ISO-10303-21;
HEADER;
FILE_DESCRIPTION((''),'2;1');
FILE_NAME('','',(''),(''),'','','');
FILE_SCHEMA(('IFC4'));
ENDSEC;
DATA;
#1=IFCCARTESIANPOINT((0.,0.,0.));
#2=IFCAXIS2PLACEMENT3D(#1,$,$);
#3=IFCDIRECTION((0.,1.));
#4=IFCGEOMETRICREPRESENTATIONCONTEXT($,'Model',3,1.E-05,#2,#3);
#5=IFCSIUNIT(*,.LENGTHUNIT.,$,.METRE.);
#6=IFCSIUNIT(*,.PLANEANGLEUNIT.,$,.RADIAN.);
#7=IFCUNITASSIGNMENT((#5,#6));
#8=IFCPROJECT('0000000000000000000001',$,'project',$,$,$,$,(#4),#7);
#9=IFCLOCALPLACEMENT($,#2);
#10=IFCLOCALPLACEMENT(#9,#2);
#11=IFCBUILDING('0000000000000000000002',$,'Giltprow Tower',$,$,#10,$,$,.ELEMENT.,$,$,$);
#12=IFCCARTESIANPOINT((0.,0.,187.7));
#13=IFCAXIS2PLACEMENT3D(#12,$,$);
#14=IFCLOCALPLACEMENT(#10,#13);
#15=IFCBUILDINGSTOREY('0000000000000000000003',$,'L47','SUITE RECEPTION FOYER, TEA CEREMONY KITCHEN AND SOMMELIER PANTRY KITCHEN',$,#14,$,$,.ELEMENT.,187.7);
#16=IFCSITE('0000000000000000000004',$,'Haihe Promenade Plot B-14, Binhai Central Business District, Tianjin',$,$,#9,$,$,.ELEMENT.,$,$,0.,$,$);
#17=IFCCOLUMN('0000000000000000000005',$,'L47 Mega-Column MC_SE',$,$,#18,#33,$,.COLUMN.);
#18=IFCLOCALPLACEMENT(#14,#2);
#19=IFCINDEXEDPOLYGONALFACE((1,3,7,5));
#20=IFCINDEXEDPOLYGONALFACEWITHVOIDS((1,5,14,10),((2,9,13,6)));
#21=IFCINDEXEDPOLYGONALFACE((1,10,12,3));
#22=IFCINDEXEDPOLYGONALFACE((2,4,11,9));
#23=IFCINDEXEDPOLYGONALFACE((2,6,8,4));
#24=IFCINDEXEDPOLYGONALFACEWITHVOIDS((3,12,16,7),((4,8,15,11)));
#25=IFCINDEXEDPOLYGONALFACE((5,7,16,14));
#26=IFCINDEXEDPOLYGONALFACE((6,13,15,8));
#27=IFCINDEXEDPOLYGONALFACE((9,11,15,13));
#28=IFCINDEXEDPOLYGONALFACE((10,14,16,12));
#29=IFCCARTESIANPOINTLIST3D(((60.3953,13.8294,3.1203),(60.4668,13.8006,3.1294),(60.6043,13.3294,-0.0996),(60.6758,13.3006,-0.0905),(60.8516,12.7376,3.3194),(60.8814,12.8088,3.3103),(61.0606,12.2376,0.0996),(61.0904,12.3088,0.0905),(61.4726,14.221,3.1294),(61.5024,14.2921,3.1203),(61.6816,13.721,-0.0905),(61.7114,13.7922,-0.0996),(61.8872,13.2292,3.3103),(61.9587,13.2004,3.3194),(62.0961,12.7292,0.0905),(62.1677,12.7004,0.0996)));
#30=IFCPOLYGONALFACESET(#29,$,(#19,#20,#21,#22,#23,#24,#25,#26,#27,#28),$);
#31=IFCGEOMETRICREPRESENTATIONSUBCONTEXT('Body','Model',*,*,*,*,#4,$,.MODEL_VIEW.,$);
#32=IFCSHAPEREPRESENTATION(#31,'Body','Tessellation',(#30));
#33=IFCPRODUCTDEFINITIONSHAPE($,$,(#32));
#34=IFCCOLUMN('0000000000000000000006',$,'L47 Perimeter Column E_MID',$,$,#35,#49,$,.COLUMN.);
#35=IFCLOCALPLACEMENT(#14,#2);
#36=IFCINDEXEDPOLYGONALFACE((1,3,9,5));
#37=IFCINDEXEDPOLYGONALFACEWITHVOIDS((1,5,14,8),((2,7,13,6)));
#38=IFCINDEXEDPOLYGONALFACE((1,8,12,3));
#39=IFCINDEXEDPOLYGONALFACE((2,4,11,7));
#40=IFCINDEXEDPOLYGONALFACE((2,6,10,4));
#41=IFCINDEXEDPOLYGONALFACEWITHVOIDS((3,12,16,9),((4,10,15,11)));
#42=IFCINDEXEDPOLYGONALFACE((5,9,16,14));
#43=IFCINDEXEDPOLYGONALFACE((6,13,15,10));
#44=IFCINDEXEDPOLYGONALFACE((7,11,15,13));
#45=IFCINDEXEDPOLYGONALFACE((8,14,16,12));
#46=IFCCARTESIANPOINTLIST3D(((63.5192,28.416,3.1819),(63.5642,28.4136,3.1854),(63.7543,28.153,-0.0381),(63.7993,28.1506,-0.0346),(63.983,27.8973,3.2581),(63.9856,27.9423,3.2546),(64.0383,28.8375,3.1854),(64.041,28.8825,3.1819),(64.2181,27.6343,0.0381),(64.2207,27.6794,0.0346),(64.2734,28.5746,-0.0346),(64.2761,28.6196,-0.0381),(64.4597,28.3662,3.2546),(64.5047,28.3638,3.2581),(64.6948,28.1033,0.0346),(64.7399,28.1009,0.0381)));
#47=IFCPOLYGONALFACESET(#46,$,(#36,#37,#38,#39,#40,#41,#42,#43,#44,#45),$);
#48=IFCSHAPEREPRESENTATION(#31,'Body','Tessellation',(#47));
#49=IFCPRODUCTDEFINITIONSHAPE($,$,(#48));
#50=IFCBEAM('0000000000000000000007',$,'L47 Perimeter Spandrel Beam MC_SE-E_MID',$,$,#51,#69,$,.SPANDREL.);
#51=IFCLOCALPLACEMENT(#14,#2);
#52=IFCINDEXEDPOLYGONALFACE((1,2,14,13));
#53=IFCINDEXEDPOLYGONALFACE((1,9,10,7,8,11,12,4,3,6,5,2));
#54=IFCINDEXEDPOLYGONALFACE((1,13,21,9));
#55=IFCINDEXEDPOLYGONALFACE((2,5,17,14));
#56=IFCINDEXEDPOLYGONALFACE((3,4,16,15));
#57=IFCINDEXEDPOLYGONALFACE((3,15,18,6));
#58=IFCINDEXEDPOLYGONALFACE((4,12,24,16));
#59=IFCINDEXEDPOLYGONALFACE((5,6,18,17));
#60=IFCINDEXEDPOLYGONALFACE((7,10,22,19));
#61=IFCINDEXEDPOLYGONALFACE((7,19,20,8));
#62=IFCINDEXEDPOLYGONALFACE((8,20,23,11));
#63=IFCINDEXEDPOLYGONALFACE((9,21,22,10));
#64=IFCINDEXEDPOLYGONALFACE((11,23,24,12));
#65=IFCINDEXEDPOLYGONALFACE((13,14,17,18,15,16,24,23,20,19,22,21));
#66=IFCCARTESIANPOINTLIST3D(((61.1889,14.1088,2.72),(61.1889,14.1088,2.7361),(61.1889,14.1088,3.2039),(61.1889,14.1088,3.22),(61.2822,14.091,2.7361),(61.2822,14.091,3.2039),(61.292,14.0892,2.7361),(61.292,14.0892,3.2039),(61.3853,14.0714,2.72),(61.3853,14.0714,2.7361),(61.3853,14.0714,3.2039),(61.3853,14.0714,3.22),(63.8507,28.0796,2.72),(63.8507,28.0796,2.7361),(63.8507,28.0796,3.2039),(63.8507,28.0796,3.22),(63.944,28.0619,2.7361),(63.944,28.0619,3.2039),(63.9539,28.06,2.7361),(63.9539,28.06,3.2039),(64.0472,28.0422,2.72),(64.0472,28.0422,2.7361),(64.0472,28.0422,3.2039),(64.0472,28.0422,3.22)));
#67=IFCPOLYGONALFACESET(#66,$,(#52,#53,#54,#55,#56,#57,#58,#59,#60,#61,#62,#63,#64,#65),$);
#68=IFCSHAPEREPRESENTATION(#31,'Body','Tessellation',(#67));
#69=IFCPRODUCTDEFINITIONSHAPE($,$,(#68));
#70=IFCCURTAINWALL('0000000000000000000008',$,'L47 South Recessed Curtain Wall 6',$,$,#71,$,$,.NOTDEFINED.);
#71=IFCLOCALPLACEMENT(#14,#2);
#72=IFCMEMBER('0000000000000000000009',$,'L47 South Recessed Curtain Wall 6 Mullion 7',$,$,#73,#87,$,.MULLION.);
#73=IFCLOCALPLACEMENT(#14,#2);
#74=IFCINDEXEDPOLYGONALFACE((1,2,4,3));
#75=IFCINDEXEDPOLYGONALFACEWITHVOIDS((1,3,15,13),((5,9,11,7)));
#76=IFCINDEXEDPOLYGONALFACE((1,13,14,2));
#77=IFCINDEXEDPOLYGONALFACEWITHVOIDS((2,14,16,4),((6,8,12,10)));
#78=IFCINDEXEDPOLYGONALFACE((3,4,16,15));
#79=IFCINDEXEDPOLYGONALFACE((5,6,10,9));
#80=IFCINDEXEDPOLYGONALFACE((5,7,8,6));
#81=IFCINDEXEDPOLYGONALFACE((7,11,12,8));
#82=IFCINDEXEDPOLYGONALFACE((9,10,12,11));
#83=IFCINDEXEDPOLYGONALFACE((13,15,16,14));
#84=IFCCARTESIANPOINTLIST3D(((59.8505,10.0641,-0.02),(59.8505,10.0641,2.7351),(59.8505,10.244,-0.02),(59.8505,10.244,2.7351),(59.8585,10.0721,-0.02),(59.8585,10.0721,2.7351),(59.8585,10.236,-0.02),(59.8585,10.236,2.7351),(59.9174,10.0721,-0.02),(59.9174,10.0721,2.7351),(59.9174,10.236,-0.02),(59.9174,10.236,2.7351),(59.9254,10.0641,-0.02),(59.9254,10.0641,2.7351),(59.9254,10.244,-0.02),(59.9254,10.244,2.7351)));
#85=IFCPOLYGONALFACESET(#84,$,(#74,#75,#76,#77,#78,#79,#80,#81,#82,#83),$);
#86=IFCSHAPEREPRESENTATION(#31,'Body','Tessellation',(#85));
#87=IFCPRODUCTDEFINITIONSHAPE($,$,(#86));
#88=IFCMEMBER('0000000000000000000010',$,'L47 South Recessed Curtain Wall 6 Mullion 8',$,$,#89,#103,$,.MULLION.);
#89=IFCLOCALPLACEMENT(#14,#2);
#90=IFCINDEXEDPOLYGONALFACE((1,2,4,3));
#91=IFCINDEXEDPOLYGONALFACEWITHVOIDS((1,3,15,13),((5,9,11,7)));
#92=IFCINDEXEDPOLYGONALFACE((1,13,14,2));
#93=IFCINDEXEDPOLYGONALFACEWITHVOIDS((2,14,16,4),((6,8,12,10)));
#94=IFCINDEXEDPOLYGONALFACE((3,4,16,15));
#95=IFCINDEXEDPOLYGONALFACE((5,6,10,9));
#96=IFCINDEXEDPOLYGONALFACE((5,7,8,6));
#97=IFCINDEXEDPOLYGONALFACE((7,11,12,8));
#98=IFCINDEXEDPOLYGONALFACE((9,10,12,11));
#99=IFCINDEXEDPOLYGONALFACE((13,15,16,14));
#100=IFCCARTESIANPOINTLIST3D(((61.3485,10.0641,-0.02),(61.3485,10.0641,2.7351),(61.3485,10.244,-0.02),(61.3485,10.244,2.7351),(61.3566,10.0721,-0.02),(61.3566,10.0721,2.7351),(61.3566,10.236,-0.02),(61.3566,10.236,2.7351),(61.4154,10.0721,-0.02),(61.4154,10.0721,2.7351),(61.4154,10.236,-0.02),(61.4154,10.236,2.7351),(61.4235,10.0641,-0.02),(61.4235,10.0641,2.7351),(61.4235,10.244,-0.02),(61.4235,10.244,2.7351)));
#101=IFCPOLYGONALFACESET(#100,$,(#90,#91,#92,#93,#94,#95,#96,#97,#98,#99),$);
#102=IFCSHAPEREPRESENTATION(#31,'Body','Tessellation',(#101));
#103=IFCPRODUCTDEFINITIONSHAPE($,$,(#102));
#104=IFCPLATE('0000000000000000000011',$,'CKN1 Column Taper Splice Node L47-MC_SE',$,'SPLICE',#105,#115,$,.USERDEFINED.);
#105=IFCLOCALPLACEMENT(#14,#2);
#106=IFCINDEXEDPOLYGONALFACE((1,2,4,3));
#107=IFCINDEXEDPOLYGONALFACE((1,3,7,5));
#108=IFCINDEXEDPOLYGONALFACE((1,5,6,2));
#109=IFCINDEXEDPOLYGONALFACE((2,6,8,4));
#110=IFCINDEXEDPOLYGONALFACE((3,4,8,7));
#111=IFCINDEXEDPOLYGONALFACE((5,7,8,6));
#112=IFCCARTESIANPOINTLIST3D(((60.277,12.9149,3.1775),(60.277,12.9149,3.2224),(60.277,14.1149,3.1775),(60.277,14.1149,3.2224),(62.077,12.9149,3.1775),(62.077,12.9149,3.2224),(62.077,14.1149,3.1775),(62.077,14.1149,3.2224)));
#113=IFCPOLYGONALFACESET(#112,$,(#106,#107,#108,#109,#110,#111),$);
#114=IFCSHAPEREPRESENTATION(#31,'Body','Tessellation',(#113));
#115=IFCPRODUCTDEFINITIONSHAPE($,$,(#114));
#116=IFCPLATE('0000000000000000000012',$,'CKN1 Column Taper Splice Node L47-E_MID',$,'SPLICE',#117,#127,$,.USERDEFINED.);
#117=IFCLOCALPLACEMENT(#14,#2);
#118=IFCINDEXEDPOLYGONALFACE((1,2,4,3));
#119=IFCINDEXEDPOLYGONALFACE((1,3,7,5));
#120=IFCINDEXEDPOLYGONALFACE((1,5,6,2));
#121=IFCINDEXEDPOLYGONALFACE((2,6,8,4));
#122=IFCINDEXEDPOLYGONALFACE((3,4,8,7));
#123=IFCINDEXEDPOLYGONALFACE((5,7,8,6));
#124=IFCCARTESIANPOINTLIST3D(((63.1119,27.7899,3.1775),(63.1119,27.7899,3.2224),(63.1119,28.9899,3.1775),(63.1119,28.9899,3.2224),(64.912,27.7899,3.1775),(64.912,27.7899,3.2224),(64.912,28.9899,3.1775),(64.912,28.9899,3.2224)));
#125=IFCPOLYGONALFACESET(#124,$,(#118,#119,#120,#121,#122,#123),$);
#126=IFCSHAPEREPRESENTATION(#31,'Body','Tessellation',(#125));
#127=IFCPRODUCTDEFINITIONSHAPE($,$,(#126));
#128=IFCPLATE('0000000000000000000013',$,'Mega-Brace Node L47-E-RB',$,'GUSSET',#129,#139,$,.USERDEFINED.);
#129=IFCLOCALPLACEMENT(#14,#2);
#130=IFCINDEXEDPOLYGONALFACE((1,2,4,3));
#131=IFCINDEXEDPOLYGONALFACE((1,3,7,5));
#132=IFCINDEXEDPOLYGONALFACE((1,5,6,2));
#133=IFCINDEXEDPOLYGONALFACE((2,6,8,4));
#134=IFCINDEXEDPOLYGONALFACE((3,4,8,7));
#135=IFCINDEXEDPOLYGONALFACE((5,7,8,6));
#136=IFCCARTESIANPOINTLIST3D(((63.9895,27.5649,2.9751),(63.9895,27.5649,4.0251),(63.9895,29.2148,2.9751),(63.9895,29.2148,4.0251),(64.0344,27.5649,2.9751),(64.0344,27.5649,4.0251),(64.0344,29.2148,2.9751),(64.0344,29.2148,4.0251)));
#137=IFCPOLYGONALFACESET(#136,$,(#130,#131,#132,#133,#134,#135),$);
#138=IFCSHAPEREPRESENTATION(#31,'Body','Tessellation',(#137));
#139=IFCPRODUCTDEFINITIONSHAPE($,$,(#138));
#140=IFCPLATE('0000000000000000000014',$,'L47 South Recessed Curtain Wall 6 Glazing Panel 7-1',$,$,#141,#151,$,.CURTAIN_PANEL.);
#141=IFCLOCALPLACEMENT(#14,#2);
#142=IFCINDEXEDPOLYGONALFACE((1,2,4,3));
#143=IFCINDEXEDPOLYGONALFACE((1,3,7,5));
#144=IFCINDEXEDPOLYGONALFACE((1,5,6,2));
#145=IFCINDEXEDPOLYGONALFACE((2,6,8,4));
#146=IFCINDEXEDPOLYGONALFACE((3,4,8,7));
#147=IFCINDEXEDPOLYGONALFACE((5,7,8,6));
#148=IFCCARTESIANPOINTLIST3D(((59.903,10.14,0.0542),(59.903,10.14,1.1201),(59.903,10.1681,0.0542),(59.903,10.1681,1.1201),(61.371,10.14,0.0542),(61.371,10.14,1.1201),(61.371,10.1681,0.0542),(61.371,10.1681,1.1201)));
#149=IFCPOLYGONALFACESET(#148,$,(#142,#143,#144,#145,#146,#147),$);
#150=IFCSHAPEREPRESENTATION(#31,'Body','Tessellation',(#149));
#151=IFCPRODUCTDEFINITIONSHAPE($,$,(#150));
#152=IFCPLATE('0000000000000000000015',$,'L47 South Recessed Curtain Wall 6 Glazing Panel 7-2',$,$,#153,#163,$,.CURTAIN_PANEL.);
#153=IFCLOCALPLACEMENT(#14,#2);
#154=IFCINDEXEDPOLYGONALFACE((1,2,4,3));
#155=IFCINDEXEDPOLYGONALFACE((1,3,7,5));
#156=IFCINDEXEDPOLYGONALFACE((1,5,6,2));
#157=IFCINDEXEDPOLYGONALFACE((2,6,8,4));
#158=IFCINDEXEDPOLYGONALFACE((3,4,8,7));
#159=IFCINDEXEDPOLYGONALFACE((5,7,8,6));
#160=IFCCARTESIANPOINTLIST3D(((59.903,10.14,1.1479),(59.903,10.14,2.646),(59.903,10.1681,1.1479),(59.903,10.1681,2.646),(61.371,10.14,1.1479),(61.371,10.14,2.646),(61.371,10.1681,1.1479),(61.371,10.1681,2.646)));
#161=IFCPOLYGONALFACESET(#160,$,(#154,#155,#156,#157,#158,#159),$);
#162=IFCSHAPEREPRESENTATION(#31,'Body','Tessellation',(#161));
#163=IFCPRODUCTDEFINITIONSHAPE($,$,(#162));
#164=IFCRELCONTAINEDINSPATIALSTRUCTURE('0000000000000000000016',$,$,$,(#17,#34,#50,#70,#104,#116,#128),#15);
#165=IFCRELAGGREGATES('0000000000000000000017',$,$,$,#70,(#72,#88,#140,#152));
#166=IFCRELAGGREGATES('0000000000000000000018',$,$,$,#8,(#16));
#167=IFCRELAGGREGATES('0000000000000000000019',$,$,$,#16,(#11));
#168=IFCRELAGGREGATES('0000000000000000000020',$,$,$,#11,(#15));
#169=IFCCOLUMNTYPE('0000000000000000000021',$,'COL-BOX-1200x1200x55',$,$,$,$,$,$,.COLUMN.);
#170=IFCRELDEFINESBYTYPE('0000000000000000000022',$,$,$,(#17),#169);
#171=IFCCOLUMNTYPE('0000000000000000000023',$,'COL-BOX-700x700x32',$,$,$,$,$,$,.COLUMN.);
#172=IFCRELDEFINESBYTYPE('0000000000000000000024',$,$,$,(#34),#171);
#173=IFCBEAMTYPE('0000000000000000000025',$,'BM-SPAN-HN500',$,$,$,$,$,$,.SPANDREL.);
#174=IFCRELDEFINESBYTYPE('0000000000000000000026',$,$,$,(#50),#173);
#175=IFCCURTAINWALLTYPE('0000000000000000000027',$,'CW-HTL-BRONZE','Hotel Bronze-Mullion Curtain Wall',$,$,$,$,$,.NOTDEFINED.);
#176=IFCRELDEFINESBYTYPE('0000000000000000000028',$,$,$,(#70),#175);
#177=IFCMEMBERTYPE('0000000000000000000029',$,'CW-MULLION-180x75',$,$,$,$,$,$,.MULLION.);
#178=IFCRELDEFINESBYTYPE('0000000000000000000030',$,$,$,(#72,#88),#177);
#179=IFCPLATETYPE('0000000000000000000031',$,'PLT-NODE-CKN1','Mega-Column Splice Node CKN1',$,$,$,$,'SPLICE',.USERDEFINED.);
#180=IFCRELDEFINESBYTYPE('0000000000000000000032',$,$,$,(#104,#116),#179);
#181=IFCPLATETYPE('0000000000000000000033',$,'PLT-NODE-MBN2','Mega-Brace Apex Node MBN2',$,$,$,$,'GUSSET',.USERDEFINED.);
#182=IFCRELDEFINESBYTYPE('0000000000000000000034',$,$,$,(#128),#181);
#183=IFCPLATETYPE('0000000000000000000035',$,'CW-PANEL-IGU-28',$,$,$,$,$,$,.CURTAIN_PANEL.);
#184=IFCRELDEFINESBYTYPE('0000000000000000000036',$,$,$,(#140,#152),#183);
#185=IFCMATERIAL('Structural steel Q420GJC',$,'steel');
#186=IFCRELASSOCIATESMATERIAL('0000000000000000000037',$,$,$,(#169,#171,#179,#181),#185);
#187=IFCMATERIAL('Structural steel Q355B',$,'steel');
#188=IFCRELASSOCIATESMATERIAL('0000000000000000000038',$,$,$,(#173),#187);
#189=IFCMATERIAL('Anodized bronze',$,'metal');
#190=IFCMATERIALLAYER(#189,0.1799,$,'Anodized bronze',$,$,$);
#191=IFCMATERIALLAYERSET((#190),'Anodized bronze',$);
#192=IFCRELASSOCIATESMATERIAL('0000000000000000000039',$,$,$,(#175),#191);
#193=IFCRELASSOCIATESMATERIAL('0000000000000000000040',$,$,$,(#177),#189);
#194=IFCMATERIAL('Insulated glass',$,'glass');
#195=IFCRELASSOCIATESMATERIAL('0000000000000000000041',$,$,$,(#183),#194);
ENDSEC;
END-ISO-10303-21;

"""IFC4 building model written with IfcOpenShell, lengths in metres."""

from ifc_helpers import new_model, si_unit, direction, frame, origin, origin_2d, place, context, subcontext, project, spatial, rectangle, hollow_rectangle, i_section, extrude, source, transform, mapped, material, layer, layer_set, material_profile, profile_set, type_object, element, aggregate, save


model = new_model("IFC4")

# Units and contexts
model_context = context("Model", 3, precision=1e-05, world=origin(), true_north=direction((0.0, 1.0)))
body_context = subcontext(model_context, "Body", "Model", "MODEL_VIEW")
ifc_project = project(units=[si_unit("LENGTHUNIT", "METRE"), si_unit("PLANEANGLEUNIT", "RADIAN")], contexts=[model_context])

# Site, building, storey
site_placement = place(None, origin())
site = spatial("IfcSite", under=ifc_project, at=site_placement, Name="Haihe Promenade Plot B-14, Binhai Central Business District, Tianjin", CompositionType="ELEMENT", RefElevation=0.0)
building_placement = place(site_placement, origin())
building = spatial("IfcBuilding", under=site, at=building_placement, Name="Giltprow Tower", CompositionType="ELEMENT")
storey_placement = place(building_placement, frame((0.0, 0.0, 187.7)))
storey = spatial("IfcBuildingStorey", under=building, at=storey_placement, Name="L47", Description="SUITE RECEPTION FOYER, TEA CEREMONY KITCHEN AND SOMMELIER PANTRY KITCHEN", CompositionType="ELEMENT", Elevation=187.7)

# Columns
ifc_material_1 = material(Name="Structural steel Q420GJC", Category="steel")
ifc_material_profile_1 = material_profile(ifc_material_1, hollow_rectangle(XDim=1.2, YDim=1.2, WallThickness=0.0549, at=origin_2d()), Name="BOX 1200x1200x55")
ifc_profile_set_1 = profile_set([ifc_material_profile_1], Name="Structural steel Q420GJC")
column_type_1 = type_object("IfcColumnType", Name="COL-BOX-1200x1200x55", PredefinedType="COLUMN", material=ifc_profile_set_1)
shared_shape_1 = source(origin(), body_context, "Body", "SweptSolid", [
    extrude(hollow_rectangle(XDim=1.2, YDim=1.2, WallThickness=0.0549, at=origin_2d()), origin(), (0.0, 0.0, 1.0), 3.2651),
])
column_1_placement = place(storey_placement, frame((61.386, 13.0149, 0.0), z_axis=(-0.064002, 0.153127, 0.986132), x_axis=(-0.92265, -0.385639, 0.0)))
element("IfcColumn", 1, at=column_1_placement, inside=storey, type_object=column_type_1, Name="L47 Mega-Column MC_SE", PredefinedType="COLUMN", context=body_context, shape_type="MappedRepresentation", body=[
    mapped(shared_shape_1, transform((0.0, 0.0, 0.0), x_axis=(1.0, 0.0, 0.0), y_axis=(0.0, 1.0, 0.0), z_axis=(0.0, 0.0, 1.0), scale=1.0)),
])
ifc_material_profile_2 = material_profile(ifc_material_1, hollow_rectangle(XDim=0.7, YDim=0.7, WallThickness=0.032, at=origin_2d()), Name="BOX 700x700x32")
ifc_profile_set_2 = profile_set([ifc_material_profile_2], Name="Structural steel Q420GJC")
column_type_2 = type_object("IfcColumnType", Name="COL-BOX-700x700x32", PredefinedType="COLUMN", material=ifc_profile_set_2)
shared_shape_2 = source(origin(), body_context, "Body", "SweptSolid", [
    extrude(hollow_rectangle(XDim=0.7, YDim=0.7, WallThickness=0.032, at=origin_2d()), origin(), (0.0, 0.0, 1.0), 3.2393),
])
column_2_placement = place(storey_placement, frame((64.2471, 28.127, 0.0), z_axis=(-0.072581, 0.081173, 0.994054), x_axis=(-0.745459, -0.666552, 0.0)))
element("IfcColumn", 2, at=column_2_placement, inside=storey, type_object=column_type_2, Name="L47 Perimeter Column E_MID", PredefinedType="COLUMN", context=body_context, shape_type="MappedRepresentation", body=[
    mapped(shared_shape_2, transform((0.0, 0.0, 0.0), x_axis=(1.0, 0.0, 0.0), y_axis=(0.0, 1.0, 0.0), z_axis=(0.0, 0.0, 1.0), scale=1.0)),
])

# Beam
ifc_material_2 = material(Name="Structural steel Q355B", Category="steel")
ifc_material_profile_3 = material_profile(ifc_material_2, i_section(OverallWidth=0.2, OverallDepth=0.5, WebThickness=0.01, FlangeThickness=0.0161, at=origin_2d()), Name="HN 500x200x10x16")
ifc_profile_set_3 = profile_set([ifc_material_profile_3], Name="Structural steel Q355B")
beam_type = type_object("IfcBeamType", Name="BM-SPAN-HN500", PredefinedType="SPANDREL", material=ifc_profile_set_3)
shared_shape_3 = source(origin(), body_context, "Body", "SweptSolid", [
    extrude(i_section(OverallWidth=0.2, OverallDepth=0.5, WebThickness=0.01, FlangeThickness=0.0161, at=origin_2d()), origin(), (0.0, 0.0, 1.0), 14.2222),
])
beam_placement = place(storey_placement, frame((61.2871, 14.0901, 2.97), z_axis=(0.187162, 0.982329, 0.0), x_axis=(-0.982329, 0.187162, 0.0)))
element("IfcBeam", 3, at=beam_placement, inside=storey, type_object=beam_type, Name="L47 Perimeter Spandrel Beam MC_SE-E_MID", PredefinedType="SPANDREL", context=body_context, shape_type="MappedRepresentation", body=[
    mapped(shared_shape_3, transform((0.0, 0.0, 0.0), x_axis=(1.0, 0.0, 0.0), y_axis=(0.0, 1.0, 0.0), z_axis=(0.0, 0.0, 1.0), scale=1.0)),
])

# Curtain wall, members
ifc_material_3 = material(Name="Anodized bronze", Category="metal")
ifc_layer_1 = layer(ifc_material_3, 0.1799, Name="Anodized bronze")
ifc_layer_set_1 = layer_set([ifc_layer_1], Name="Anodized bronze")
curtain_wall_type = type_object("IfcCurtainWallType", Name="CW-HTL-BRONZE", Description="Hotel Bronze-Mullion Curtain Wall", PredefinedType="NOTDEFINED", material=ifc_layer_set_1)
curtain_wall_placement = place(storey_placement, origin())
curtain_wall = element("IfcCurtainWall", 4, at=curtain_wall_placement, inside=storey, type_object=curtain_wall_type, Name="L47 South Recessed Curtain Wall 6", PredefinedType="NOTDEFINED")
ifc_material_profile_4 = material_profile(ifc_material_3, hollow_rectangle(XDim=0.075, YDim=0.1799, WallThickness=0.0081, at=origin_2d()), Name="RHS 180x75x8")
ifc_profile_set_4 = profile_set([ifc_material_profile_4], Name="Anodized bronze")
member_type = type_object("IfcMemberType", Name="CW-MULLION-180x75", PredefinedType="MULLION", material=ifc_profile_set_4)
shared_shape_4 = source(origin(), body_context, "Body", "SweptSolid", [
    extrude(hollow_rectangle(XDim=0.075, YDim=0.1799, WallThickness=0.0081, at=origin_2d()), origin(), (0.0, 0.0, 1.0), 2.7551),
])
member_1_placement = place(storey_placement, frame((59.8879, 10.1541, -0.02), z_axis=(0.0, 0.0, 1.0), x_axis=(1.0, 0.0, 0.0)))
member_1 = element("IfcMember", 5, at=member_1_placement, type_object=member_type, Name="L47 South Recessed Curtain Wall 6 Mullion 7", PredefinedType="MULLION", context=body_context, shape_type="MappedRepresentation", body=[
    mapped(shared_shape_4, transform((0.0, 0.0, 0.0), x_axis=(1.0, 0.0, 0.0), y_axis=(0.0, 1.0, 0.0), z_axis=(0.0, 0.0, 1.0), scale=1.0)),
])
member_2_placement = place(storey_placement, frame((61.386, 10.1541, -0.02), z_axis=(0.0, 0.0, 1.0), x_axis=(1.0, 0.0, 0.0)))
member_2 = element("IfcMember", 6, at=member_2_placement, type_object=member_type, Name="L47 South Recessed Curtain Wall 6 Mullion 8", PredefinedType="MULLION", context=body_context, shape_type="MappedRepresentation", body=[
    mapped(shared_shape_4, transform((0.0, 0.0, 0.0), x_axis=(1.0, 0.0, 0.0), y_axis=(0.0, 1.0, 0.0), z_axis=(0.0, 0.0, 1.0), scale=1.0)),
])

# Plates
plate_type_1 = type_object("IfcPlateType", Name="PLT-NODE-CKN1", Description="Mega-Column Splice Node CKN1", ElementType="SPLICE", PredefinedType="USERDEFINED", material=ifc_material_1)
shared_shape_5 = source(origin(), body_context, "Body", "SweptSolid", [
    extrude(rectangle(XDim=1.8, YDim=1.2, at=origin_2d()), origin(), (0.0, 0.0, 1.0), 0.0449),
])
for number, where, z_axis, x_axis, name in (
    (7, (61.177, 13.5149, 3.1775), (0.0, 0.0, 1.0), (1.0, 0.0, 0.0), "CKN1 Column Taper Splice Node L47-MC_SE"),
    (8, (64.012, 28.3899, 3.1775), (0.0, 0.0, 1.0), (1.0, 0.0, 0.0), "CKN1 Column Taper Splice Node L47-E_MID"),
):
    element("IfcPlate", number, at=place(storey_placement, frame(where, z_axis=z_axis, x_axis=x_axis)), inside=storey, type_object=plate_type_1, Name=name, ObjectType="SPLICE", PredefinedType="USERDEFINED", context=body_context, shape_type="MappedRepresentation", body=[
        mapped(shared_shape_5, transform((0.0, 0.0, 0.0), x_axis=(1.0, 0.0, 0.0), y_axis=(0.0, 1.0, 0.0), z_axis=(0.0, 0.0, 1.0), scale=1.0)),
    ])
plate_type_2 = type_object("IfcPlateType", Name="PLT-NODE-MBN2", Description="Mega-Brace Apex Node MBN2", ElementType="GUSSET", PredefinedType="USERDEFINED", material=ifc_material_1)
shared_shape_6 = source(origin(), body_context, "Body", "SweptSolid", [
    extrude(rectangle(XDim=1.6499, YDim=0.0449, at=origin_2d()), origin(), (0.0, 0.0, 1.0), 1.05),
])
plate_1_placement = place(storey_placement, frame((64.012, 28.3899, 2.9751), z_axis=(0.0, 0.0, 1.0), x_axis=(0.0, 1.0, 0.0)))
element("IfcPlate", 9, at=plate_1_placement, inside=storey, type_object=plate_type_2, Name="Mega-Brace Node L47-E-RB", ObjectType="GUSSET", PredefinedType="USERDEFINED", context=body_context, shape_type="MappedRepresentation", body=[
    mapped(shared_shape_6, transform((0.0, 0.0, 0.0), x_axis=(1.0, 0.0, 0.0), y_axis=(0.0, 1.0, 0.0), z_axis=(0.0, 0.0, 1.0), scale=1.0)),
])

# Plates
ifc_material_4 = material(Name="Insulated glass", Category="glass")
plate_type_3 = type_object("IfcPlateType", Name="CW-PANEL-IGU-28", PredefinedType="CURTAIN_PANEL", material=ifc_material_4)
shared_shape_7 = source(origin(), body_context, "Body", "SweptSolid", [
    extrude(rectangle(XDim=1.468, YDim=0.0281, at=origin_2d()), origin(), (0.0, 0.0, 1.0), 1.0659),
])
plate_2_placement = place(storey_placement, frame((60.637, 10.1541, 0.0542), z_axis=(0.0, 0.0, 1.0), x_axis=(1.0, 0.0, 0.0)))
plate_2 = element("IfcPlate", 10, at=plate_2_placement, type_object=plate_type_3, Name="L47 South Recessed Curtain Wall 6 Glazing Panel 7-1", PredefinedType="CURTAIN_PANEL", context=body_context, shape_type="MappedRepresentation", body=[
    mapped(shared_shape_7, transform((0.0, 0.0, 0.0), x_axis=(1.0, 0.0, 0.0), y_axis=(0.0, 1.0, 0.0), z_axis=(0.0, 0.0, 1.0), scale=1.0)),
])
shared_shape_8 = source(origin(), body_context, "Body", "SweptSolid", [
    extrude(rectangle(XDim=1.468, YDim=0.0281, at=origin_2d()), origin(), (0.0, 0.0, 1.0), 1.498),
])
plate_3_placement = place(storey_placement, frame((60.637, 10.1541, 1.1479), z_axis=(0.0, 0.0, 1.0), x_axis=(1.0, 0.0, 0.0)))
plate_3 = element("IfcPlate", 11, at=plate_3_placement, type_object=plate_type_3, Name="L47 South Recessed Curtain Wall 6 Glazing Panel 7-2", PredefinedType="CURTAIN_PANEL", context=body_context, shape_type="MappedRepresentation", body=[
    mapped(shared_shape_8, transform((0.0, 0.0, 0.0), x_axis=(1.0, 0.0, 0.0), y_axis=(0.0, 1.0, 0.0), z_axis=(0.0, 0.0, 1.0), scale=1.0)),
])
aggregate(curtain_wall, [member_1, member_2, plate_2, plate_3])

save(model, "model.ifc")
